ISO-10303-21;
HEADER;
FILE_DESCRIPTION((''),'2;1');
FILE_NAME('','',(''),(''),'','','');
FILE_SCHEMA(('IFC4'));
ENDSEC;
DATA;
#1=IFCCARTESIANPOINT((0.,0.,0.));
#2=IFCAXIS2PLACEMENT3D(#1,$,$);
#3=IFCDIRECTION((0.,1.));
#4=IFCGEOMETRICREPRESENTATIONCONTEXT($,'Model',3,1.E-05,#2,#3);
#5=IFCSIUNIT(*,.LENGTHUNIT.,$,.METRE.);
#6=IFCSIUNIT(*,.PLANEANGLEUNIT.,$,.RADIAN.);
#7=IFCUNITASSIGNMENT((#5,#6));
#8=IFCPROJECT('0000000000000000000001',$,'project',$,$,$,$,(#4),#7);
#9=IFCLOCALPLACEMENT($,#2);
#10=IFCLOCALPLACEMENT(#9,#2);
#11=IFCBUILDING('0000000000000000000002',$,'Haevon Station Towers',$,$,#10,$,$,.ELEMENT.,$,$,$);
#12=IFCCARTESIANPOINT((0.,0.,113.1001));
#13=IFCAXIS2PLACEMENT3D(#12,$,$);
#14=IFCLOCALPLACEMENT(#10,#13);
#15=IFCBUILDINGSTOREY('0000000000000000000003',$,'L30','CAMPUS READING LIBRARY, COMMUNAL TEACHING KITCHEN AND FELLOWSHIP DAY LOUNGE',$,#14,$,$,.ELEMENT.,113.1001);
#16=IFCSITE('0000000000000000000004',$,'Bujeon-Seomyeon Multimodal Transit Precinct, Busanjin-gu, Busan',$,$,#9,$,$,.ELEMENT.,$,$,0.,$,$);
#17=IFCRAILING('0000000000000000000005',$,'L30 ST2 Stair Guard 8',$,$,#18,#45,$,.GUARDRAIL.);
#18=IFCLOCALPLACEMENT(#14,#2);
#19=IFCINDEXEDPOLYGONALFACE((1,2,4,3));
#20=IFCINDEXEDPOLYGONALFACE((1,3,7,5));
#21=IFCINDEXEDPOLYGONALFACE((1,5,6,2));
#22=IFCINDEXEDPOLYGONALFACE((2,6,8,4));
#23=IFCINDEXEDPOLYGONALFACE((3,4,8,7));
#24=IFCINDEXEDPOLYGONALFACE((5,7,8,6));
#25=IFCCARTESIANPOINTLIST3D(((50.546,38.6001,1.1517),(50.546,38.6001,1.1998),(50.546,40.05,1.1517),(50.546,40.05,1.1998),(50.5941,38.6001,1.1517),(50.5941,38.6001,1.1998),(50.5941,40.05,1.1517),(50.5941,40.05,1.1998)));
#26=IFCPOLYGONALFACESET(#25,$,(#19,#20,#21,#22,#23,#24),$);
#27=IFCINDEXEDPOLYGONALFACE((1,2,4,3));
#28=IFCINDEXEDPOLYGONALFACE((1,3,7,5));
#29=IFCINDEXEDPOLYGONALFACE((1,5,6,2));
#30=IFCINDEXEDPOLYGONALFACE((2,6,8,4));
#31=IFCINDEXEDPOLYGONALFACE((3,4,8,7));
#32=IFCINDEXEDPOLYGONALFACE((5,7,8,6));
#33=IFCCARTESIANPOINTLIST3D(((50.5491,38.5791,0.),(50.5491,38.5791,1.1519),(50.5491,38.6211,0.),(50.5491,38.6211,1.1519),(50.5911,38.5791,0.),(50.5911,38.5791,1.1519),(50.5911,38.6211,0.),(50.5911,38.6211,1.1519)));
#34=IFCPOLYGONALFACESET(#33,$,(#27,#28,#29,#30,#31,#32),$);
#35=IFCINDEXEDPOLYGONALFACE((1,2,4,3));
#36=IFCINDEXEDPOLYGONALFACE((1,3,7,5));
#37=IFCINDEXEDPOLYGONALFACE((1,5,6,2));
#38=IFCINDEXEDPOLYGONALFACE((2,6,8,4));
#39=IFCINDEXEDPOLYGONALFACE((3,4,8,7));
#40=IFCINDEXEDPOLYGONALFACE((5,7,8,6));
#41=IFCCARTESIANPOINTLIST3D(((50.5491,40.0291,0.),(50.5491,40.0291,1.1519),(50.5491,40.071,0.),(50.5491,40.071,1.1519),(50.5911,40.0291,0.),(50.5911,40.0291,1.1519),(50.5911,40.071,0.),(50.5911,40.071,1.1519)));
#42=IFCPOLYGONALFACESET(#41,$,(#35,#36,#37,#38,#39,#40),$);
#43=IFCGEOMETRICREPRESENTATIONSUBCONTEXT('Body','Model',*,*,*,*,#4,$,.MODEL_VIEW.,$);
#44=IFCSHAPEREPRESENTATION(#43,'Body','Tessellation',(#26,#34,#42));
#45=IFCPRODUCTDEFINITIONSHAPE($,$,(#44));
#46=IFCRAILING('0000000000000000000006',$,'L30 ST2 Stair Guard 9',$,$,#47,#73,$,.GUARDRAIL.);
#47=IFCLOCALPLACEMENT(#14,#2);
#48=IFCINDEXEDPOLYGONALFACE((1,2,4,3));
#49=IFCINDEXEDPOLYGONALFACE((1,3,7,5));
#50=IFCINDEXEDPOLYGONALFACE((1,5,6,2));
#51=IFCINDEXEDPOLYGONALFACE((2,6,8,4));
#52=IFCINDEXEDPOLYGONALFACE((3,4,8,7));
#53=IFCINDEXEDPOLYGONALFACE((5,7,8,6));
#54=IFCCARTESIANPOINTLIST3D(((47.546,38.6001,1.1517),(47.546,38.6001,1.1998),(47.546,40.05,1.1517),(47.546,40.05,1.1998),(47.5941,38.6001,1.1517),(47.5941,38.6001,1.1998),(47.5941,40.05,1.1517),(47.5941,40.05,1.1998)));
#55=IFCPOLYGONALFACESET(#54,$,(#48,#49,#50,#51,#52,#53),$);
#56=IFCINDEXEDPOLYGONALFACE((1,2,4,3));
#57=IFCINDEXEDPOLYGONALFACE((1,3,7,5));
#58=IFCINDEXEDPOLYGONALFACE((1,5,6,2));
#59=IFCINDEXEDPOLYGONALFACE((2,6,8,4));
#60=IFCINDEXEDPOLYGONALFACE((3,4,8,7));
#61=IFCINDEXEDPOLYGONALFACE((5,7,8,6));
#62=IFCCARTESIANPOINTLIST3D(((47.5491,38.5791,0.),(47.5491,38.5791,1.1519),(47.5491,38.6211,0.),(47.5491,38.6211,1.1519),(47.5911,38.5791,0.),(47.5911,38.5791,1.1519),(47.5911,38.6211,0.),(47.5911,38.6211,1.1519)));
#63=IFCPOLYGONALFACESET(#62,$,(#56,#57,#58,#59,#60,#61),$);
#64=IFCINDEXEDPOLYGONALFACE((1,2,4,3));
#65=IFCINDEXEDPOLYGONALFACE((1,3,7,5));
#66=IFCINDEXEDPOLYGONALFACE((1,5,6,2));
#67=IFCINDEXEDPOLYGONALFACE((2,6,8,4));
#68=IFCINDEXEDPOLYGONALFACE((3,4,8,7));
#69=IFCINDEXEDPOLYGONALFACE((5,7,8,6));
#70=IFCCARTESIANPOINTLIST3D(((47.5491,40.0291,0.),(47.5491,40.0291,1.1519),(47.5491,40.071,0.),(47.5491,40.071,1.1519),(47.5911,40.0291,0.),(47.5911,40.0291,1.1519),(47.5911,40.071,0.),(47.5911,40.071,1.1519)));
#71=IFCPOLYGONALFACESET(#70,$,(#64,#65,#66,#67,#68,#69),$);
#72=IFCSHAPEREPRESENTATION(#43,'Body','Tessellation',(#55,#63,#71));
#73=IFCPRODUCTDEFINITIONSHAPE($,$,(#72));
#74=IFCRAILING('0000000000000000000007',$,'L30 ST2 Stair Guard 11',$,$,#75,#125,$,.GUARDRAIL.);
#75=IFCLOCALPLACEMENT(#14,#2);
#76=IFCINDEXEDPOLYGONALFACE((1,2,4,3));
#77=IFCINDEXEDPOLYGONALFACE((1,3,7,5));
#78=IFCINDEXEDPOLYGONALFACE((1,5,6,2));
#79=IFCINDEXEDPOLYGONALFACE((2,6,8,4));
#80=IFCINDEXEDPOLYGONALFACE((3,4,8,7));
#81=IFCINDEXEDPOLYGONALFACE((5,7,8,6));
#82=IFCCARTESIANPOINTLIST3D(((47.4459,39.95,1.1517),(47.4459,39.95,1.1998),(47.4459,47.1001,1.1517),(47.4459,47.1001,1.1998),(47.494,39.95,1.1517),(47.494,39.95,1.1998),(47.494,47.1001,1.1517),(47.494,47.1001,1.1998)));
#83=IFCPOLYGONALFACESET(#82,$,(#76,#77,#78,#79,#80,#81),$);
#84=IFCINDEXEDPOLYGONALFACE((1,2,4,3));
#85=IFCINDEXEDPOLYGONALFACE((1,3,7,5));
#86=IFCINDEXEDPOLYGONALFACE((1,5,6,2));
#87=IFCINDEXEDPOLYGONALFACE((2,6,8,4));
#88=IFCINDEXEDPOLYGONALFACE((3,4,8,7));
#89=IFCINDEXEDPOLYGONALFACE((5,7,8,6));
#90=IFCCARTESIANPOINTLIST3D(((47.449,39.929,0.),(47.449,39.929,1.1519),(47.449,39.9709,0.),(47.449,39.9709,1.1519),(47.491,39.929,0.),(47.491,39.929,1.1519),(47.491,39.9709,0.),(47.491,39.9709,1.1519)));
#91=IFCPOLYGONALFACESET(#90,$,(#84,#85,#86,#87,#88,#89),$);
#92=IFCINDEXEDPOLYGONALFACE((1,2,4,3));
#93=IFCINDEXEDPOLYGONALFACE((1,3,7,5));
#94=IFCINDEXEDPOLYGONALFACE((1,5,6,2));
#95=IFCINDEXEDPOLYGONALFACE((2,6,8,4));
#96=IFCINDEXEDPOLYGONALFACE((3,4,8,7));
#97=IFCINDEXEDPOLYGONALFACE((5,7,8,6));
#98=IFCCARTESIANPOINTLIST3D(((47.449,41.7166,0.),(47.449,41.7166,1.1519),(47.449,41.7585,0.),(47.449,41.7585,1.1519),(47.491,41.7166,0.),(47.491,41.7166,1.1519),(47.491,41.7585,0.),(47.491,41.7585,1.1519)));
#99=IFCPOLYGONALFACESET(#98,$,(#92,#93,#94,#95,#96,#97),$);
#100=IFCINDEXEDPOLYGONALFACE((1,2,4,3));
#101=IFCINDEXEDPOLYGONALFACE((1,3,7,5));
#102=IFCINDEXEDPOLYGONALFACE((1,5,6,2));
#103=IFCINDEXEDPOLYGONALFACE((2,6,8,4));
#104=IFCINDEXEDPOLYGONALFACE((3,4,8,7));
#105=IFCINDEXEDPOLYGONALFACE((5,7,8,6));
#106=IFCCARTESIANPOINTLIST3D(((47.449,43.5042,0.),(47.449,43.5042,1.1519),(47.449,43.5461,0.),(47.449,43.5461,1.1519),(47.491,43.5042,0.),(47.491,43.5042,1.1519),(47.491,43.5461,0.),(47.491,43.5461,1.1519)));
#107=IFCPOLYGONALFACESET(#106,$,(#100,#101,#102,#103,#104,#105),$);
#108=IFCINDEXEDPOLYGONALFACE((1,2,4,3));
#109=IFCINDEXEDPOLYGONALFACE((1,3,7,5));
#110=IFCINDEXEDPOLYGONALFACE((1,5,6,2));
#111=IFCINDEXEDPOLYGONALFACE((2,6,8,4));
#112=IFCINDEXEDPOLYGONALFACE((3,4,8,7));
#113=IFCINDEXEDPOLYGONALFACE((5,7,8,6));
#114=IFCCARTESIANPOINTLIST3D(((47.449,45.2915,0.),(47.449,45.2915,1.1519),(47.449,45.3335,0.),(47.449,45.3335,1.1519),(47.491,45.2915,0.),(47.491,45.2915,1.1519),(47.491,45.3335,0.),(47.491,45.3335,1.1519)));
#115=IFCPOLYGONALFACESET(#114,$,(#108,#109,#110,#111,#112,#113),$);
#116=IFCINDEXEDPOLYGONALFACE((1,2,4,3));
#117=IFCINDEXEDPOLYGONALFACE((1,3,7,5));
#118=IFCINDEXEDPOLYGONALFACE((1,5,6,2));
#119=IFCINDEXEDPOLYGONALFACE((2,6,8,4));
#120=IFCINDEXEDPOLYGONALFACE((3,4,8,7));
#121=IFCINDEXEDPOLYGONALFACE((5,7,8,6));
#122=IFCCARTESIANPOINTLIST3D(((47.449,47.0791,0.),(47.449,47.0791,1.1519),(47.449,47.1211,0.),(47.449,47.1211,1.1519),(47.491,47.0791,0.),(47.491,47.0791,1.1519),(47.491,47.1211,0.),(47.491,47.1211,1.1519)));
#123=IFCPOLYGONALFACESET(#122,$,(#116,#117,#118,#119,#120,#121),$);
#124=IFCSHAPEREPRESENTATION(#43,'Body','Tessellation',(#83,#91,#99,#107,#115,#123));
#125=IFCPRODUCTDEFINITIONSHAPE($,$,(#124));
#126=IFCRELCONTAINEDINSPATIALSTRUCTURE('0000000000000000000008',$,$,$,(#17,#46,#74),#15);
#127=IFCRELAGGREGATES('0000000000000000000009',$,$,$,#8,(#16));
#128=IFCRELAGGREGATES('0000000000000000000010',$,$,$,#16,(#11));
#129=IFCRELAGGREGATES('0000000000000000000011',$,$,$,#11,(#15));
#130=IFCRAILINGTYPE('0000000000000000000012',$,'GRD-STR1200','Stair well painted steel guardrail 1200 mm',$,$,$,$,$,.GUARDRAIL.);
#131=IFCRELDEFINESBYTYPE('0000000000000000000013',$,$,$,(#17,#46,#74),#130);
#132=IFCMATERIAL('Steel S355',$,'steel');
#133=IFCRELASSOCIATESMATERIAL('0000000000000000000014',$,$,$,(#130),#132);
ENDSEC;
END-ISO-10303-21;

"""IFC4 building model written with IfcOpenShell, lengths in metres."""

from ifc_helpers import new_model, si_unit, direction, frame, origin, origin_2d, place, context, subcontext, project, spatial, rectangle, extrude, material, type_object, element, save


model = new_model("IFC4")

# Units and contexts
model_context = context("Model", 3, precision=1e-05, world=origin(), true_north=direction((0.0, 1.0)))
body_context = subcontext(model_context, "Body", "Model", "MODEL_VIEW")
ifc_project = project(units=[si_unit("LENGTHUNIT", "METRE"), si_unit("PLANEANGLEUNIT", "RADIAN")], contexts=[model_context])

# Site, building, storey
site_placement = place(None, origin())
site = spatial("IfcSite", under=ifc_project, at=site_placement, Name="Bujeon-Seomyeon Multimodal Transit Precinct, Busanjin-gu, Busan", CompositionType="ELEMENT", RefElevation=0.0)
building_placement = place(site_placement, origin())
building = spatial("IfcBuilding", under=site, at=building_placement, Name="Haevon Station Towers", CompositionType="ELEMENT")
storey_placement = place(building_placement, frame((0.0, 0.0, 113.1001)))
storey = spatial("IfcBuildingStorey", under=building, at=storey_placement, Name="L30", Description="CAMPUS READING LIBRARY, COMMUNAL TEACHING KITCHEN AND FELLOWSHIP DAY LOUNGE", CompositionType="ELEMENT", Elevation=113.1001)

# Shared definitions
ifc_material_1 = material(Name="Steel S355", Category="steel")

# Railings
railing_type = type_object("IfcRailingType", Name="GRD-STR1200", Description="Stair well painted steel guardrail 1200 mm", PredefinedType="GUARDRAIL", material=ifc_material_1)
for number, where, name in (
    (1, (50.5701, 38.6001, 0.0), "L30 ST2 Stair Guard 8"),
    (2, (47.5701, 38.6001, 0.0), "L30 ST2 Stair Guard 9"),
):
    element("IfcRailing", number, at=place(storey_placement, frame(where)), inside=storey, type_object=railing_type, Name=name, PredefinedType="GUARDRAIL", context=body_context, shape_type="SweptSolid", body=[
        extrude(rectangle(XDim=0.0481, YDim=0.0481, at=origin_2d()), frame((0.0, 0.0, 1.1758), z_axis=(0.0, 1.0, 0.0), x_axis=(-1.0, 0.0, 0.0)), (0.0, 0.0, 1.0), 1.45),
        extrude(rectangle(XDim=0.042, YDim=0.042, at=origin_2d()), origin(), (0.0, 0.0, 1.0), 1.1519),
        extrude(rectangle(XDim=0.042, YDim=0.042, at=origin_2d()), frame((0.0, 1.45, 0.0)), (0.0, 0.0, 1.0), 1.1519),
    ])
railing_placement = place(storey_placement, frame((47.47, 39.95, 0.0)))
element("IfcRailing", 3, at=railing_placement, inside=storey, type_object=railing_type, Name="L30 ST2 Stair Guard 11", PredefinedType="GUARDRAIL", context=body_context, shape_type="SweptSolid", body=[
    extrude(rectangle(XDim=0.0481, YDim=0.0481, at=origin_2d()), frame((0.0, 0.0, 1.1758), z_axis=(0.0, 1.0, 0.0), x_axis=(-1.0, 0.0, 0.0)), (0.0, 0.0, 1.0), 7.1501),
    extrude(rectangle(XDim=0.042, YDim=0.042, at=origin_2d()), origin(), (0.0, 0.0, 1.0), 1.1519),
    extrude(rectangle(XDim=0.042, YDim=0.042, at=origin_2d()), frame((0.0, 1.7876, 0.0)), (0.0, 0.0, 1.0), 1.1519),
    extrude(rectangle(XDim=0.042, YDim=0.042, at=origin_2d()), frame((0.0, 3.5752, 0.0)), (0.0, 0.0, 1.0), 1.1519),
    extrude(rectangle(XDim=0.042, YDim=0.042, at=origin_2d()), frame((0.0, 5.3625, 0.0)), (0.0, 0.0, 1.0), 1.1519),
    extrude(rectangle(XDim=0.042, YDim=0.042, at=origin_2d()), frame((0.0, 7.1501, 0.0)), (0.0, 0.0, 1.0), 1.1519),
])

save(model, "model.ifc")
